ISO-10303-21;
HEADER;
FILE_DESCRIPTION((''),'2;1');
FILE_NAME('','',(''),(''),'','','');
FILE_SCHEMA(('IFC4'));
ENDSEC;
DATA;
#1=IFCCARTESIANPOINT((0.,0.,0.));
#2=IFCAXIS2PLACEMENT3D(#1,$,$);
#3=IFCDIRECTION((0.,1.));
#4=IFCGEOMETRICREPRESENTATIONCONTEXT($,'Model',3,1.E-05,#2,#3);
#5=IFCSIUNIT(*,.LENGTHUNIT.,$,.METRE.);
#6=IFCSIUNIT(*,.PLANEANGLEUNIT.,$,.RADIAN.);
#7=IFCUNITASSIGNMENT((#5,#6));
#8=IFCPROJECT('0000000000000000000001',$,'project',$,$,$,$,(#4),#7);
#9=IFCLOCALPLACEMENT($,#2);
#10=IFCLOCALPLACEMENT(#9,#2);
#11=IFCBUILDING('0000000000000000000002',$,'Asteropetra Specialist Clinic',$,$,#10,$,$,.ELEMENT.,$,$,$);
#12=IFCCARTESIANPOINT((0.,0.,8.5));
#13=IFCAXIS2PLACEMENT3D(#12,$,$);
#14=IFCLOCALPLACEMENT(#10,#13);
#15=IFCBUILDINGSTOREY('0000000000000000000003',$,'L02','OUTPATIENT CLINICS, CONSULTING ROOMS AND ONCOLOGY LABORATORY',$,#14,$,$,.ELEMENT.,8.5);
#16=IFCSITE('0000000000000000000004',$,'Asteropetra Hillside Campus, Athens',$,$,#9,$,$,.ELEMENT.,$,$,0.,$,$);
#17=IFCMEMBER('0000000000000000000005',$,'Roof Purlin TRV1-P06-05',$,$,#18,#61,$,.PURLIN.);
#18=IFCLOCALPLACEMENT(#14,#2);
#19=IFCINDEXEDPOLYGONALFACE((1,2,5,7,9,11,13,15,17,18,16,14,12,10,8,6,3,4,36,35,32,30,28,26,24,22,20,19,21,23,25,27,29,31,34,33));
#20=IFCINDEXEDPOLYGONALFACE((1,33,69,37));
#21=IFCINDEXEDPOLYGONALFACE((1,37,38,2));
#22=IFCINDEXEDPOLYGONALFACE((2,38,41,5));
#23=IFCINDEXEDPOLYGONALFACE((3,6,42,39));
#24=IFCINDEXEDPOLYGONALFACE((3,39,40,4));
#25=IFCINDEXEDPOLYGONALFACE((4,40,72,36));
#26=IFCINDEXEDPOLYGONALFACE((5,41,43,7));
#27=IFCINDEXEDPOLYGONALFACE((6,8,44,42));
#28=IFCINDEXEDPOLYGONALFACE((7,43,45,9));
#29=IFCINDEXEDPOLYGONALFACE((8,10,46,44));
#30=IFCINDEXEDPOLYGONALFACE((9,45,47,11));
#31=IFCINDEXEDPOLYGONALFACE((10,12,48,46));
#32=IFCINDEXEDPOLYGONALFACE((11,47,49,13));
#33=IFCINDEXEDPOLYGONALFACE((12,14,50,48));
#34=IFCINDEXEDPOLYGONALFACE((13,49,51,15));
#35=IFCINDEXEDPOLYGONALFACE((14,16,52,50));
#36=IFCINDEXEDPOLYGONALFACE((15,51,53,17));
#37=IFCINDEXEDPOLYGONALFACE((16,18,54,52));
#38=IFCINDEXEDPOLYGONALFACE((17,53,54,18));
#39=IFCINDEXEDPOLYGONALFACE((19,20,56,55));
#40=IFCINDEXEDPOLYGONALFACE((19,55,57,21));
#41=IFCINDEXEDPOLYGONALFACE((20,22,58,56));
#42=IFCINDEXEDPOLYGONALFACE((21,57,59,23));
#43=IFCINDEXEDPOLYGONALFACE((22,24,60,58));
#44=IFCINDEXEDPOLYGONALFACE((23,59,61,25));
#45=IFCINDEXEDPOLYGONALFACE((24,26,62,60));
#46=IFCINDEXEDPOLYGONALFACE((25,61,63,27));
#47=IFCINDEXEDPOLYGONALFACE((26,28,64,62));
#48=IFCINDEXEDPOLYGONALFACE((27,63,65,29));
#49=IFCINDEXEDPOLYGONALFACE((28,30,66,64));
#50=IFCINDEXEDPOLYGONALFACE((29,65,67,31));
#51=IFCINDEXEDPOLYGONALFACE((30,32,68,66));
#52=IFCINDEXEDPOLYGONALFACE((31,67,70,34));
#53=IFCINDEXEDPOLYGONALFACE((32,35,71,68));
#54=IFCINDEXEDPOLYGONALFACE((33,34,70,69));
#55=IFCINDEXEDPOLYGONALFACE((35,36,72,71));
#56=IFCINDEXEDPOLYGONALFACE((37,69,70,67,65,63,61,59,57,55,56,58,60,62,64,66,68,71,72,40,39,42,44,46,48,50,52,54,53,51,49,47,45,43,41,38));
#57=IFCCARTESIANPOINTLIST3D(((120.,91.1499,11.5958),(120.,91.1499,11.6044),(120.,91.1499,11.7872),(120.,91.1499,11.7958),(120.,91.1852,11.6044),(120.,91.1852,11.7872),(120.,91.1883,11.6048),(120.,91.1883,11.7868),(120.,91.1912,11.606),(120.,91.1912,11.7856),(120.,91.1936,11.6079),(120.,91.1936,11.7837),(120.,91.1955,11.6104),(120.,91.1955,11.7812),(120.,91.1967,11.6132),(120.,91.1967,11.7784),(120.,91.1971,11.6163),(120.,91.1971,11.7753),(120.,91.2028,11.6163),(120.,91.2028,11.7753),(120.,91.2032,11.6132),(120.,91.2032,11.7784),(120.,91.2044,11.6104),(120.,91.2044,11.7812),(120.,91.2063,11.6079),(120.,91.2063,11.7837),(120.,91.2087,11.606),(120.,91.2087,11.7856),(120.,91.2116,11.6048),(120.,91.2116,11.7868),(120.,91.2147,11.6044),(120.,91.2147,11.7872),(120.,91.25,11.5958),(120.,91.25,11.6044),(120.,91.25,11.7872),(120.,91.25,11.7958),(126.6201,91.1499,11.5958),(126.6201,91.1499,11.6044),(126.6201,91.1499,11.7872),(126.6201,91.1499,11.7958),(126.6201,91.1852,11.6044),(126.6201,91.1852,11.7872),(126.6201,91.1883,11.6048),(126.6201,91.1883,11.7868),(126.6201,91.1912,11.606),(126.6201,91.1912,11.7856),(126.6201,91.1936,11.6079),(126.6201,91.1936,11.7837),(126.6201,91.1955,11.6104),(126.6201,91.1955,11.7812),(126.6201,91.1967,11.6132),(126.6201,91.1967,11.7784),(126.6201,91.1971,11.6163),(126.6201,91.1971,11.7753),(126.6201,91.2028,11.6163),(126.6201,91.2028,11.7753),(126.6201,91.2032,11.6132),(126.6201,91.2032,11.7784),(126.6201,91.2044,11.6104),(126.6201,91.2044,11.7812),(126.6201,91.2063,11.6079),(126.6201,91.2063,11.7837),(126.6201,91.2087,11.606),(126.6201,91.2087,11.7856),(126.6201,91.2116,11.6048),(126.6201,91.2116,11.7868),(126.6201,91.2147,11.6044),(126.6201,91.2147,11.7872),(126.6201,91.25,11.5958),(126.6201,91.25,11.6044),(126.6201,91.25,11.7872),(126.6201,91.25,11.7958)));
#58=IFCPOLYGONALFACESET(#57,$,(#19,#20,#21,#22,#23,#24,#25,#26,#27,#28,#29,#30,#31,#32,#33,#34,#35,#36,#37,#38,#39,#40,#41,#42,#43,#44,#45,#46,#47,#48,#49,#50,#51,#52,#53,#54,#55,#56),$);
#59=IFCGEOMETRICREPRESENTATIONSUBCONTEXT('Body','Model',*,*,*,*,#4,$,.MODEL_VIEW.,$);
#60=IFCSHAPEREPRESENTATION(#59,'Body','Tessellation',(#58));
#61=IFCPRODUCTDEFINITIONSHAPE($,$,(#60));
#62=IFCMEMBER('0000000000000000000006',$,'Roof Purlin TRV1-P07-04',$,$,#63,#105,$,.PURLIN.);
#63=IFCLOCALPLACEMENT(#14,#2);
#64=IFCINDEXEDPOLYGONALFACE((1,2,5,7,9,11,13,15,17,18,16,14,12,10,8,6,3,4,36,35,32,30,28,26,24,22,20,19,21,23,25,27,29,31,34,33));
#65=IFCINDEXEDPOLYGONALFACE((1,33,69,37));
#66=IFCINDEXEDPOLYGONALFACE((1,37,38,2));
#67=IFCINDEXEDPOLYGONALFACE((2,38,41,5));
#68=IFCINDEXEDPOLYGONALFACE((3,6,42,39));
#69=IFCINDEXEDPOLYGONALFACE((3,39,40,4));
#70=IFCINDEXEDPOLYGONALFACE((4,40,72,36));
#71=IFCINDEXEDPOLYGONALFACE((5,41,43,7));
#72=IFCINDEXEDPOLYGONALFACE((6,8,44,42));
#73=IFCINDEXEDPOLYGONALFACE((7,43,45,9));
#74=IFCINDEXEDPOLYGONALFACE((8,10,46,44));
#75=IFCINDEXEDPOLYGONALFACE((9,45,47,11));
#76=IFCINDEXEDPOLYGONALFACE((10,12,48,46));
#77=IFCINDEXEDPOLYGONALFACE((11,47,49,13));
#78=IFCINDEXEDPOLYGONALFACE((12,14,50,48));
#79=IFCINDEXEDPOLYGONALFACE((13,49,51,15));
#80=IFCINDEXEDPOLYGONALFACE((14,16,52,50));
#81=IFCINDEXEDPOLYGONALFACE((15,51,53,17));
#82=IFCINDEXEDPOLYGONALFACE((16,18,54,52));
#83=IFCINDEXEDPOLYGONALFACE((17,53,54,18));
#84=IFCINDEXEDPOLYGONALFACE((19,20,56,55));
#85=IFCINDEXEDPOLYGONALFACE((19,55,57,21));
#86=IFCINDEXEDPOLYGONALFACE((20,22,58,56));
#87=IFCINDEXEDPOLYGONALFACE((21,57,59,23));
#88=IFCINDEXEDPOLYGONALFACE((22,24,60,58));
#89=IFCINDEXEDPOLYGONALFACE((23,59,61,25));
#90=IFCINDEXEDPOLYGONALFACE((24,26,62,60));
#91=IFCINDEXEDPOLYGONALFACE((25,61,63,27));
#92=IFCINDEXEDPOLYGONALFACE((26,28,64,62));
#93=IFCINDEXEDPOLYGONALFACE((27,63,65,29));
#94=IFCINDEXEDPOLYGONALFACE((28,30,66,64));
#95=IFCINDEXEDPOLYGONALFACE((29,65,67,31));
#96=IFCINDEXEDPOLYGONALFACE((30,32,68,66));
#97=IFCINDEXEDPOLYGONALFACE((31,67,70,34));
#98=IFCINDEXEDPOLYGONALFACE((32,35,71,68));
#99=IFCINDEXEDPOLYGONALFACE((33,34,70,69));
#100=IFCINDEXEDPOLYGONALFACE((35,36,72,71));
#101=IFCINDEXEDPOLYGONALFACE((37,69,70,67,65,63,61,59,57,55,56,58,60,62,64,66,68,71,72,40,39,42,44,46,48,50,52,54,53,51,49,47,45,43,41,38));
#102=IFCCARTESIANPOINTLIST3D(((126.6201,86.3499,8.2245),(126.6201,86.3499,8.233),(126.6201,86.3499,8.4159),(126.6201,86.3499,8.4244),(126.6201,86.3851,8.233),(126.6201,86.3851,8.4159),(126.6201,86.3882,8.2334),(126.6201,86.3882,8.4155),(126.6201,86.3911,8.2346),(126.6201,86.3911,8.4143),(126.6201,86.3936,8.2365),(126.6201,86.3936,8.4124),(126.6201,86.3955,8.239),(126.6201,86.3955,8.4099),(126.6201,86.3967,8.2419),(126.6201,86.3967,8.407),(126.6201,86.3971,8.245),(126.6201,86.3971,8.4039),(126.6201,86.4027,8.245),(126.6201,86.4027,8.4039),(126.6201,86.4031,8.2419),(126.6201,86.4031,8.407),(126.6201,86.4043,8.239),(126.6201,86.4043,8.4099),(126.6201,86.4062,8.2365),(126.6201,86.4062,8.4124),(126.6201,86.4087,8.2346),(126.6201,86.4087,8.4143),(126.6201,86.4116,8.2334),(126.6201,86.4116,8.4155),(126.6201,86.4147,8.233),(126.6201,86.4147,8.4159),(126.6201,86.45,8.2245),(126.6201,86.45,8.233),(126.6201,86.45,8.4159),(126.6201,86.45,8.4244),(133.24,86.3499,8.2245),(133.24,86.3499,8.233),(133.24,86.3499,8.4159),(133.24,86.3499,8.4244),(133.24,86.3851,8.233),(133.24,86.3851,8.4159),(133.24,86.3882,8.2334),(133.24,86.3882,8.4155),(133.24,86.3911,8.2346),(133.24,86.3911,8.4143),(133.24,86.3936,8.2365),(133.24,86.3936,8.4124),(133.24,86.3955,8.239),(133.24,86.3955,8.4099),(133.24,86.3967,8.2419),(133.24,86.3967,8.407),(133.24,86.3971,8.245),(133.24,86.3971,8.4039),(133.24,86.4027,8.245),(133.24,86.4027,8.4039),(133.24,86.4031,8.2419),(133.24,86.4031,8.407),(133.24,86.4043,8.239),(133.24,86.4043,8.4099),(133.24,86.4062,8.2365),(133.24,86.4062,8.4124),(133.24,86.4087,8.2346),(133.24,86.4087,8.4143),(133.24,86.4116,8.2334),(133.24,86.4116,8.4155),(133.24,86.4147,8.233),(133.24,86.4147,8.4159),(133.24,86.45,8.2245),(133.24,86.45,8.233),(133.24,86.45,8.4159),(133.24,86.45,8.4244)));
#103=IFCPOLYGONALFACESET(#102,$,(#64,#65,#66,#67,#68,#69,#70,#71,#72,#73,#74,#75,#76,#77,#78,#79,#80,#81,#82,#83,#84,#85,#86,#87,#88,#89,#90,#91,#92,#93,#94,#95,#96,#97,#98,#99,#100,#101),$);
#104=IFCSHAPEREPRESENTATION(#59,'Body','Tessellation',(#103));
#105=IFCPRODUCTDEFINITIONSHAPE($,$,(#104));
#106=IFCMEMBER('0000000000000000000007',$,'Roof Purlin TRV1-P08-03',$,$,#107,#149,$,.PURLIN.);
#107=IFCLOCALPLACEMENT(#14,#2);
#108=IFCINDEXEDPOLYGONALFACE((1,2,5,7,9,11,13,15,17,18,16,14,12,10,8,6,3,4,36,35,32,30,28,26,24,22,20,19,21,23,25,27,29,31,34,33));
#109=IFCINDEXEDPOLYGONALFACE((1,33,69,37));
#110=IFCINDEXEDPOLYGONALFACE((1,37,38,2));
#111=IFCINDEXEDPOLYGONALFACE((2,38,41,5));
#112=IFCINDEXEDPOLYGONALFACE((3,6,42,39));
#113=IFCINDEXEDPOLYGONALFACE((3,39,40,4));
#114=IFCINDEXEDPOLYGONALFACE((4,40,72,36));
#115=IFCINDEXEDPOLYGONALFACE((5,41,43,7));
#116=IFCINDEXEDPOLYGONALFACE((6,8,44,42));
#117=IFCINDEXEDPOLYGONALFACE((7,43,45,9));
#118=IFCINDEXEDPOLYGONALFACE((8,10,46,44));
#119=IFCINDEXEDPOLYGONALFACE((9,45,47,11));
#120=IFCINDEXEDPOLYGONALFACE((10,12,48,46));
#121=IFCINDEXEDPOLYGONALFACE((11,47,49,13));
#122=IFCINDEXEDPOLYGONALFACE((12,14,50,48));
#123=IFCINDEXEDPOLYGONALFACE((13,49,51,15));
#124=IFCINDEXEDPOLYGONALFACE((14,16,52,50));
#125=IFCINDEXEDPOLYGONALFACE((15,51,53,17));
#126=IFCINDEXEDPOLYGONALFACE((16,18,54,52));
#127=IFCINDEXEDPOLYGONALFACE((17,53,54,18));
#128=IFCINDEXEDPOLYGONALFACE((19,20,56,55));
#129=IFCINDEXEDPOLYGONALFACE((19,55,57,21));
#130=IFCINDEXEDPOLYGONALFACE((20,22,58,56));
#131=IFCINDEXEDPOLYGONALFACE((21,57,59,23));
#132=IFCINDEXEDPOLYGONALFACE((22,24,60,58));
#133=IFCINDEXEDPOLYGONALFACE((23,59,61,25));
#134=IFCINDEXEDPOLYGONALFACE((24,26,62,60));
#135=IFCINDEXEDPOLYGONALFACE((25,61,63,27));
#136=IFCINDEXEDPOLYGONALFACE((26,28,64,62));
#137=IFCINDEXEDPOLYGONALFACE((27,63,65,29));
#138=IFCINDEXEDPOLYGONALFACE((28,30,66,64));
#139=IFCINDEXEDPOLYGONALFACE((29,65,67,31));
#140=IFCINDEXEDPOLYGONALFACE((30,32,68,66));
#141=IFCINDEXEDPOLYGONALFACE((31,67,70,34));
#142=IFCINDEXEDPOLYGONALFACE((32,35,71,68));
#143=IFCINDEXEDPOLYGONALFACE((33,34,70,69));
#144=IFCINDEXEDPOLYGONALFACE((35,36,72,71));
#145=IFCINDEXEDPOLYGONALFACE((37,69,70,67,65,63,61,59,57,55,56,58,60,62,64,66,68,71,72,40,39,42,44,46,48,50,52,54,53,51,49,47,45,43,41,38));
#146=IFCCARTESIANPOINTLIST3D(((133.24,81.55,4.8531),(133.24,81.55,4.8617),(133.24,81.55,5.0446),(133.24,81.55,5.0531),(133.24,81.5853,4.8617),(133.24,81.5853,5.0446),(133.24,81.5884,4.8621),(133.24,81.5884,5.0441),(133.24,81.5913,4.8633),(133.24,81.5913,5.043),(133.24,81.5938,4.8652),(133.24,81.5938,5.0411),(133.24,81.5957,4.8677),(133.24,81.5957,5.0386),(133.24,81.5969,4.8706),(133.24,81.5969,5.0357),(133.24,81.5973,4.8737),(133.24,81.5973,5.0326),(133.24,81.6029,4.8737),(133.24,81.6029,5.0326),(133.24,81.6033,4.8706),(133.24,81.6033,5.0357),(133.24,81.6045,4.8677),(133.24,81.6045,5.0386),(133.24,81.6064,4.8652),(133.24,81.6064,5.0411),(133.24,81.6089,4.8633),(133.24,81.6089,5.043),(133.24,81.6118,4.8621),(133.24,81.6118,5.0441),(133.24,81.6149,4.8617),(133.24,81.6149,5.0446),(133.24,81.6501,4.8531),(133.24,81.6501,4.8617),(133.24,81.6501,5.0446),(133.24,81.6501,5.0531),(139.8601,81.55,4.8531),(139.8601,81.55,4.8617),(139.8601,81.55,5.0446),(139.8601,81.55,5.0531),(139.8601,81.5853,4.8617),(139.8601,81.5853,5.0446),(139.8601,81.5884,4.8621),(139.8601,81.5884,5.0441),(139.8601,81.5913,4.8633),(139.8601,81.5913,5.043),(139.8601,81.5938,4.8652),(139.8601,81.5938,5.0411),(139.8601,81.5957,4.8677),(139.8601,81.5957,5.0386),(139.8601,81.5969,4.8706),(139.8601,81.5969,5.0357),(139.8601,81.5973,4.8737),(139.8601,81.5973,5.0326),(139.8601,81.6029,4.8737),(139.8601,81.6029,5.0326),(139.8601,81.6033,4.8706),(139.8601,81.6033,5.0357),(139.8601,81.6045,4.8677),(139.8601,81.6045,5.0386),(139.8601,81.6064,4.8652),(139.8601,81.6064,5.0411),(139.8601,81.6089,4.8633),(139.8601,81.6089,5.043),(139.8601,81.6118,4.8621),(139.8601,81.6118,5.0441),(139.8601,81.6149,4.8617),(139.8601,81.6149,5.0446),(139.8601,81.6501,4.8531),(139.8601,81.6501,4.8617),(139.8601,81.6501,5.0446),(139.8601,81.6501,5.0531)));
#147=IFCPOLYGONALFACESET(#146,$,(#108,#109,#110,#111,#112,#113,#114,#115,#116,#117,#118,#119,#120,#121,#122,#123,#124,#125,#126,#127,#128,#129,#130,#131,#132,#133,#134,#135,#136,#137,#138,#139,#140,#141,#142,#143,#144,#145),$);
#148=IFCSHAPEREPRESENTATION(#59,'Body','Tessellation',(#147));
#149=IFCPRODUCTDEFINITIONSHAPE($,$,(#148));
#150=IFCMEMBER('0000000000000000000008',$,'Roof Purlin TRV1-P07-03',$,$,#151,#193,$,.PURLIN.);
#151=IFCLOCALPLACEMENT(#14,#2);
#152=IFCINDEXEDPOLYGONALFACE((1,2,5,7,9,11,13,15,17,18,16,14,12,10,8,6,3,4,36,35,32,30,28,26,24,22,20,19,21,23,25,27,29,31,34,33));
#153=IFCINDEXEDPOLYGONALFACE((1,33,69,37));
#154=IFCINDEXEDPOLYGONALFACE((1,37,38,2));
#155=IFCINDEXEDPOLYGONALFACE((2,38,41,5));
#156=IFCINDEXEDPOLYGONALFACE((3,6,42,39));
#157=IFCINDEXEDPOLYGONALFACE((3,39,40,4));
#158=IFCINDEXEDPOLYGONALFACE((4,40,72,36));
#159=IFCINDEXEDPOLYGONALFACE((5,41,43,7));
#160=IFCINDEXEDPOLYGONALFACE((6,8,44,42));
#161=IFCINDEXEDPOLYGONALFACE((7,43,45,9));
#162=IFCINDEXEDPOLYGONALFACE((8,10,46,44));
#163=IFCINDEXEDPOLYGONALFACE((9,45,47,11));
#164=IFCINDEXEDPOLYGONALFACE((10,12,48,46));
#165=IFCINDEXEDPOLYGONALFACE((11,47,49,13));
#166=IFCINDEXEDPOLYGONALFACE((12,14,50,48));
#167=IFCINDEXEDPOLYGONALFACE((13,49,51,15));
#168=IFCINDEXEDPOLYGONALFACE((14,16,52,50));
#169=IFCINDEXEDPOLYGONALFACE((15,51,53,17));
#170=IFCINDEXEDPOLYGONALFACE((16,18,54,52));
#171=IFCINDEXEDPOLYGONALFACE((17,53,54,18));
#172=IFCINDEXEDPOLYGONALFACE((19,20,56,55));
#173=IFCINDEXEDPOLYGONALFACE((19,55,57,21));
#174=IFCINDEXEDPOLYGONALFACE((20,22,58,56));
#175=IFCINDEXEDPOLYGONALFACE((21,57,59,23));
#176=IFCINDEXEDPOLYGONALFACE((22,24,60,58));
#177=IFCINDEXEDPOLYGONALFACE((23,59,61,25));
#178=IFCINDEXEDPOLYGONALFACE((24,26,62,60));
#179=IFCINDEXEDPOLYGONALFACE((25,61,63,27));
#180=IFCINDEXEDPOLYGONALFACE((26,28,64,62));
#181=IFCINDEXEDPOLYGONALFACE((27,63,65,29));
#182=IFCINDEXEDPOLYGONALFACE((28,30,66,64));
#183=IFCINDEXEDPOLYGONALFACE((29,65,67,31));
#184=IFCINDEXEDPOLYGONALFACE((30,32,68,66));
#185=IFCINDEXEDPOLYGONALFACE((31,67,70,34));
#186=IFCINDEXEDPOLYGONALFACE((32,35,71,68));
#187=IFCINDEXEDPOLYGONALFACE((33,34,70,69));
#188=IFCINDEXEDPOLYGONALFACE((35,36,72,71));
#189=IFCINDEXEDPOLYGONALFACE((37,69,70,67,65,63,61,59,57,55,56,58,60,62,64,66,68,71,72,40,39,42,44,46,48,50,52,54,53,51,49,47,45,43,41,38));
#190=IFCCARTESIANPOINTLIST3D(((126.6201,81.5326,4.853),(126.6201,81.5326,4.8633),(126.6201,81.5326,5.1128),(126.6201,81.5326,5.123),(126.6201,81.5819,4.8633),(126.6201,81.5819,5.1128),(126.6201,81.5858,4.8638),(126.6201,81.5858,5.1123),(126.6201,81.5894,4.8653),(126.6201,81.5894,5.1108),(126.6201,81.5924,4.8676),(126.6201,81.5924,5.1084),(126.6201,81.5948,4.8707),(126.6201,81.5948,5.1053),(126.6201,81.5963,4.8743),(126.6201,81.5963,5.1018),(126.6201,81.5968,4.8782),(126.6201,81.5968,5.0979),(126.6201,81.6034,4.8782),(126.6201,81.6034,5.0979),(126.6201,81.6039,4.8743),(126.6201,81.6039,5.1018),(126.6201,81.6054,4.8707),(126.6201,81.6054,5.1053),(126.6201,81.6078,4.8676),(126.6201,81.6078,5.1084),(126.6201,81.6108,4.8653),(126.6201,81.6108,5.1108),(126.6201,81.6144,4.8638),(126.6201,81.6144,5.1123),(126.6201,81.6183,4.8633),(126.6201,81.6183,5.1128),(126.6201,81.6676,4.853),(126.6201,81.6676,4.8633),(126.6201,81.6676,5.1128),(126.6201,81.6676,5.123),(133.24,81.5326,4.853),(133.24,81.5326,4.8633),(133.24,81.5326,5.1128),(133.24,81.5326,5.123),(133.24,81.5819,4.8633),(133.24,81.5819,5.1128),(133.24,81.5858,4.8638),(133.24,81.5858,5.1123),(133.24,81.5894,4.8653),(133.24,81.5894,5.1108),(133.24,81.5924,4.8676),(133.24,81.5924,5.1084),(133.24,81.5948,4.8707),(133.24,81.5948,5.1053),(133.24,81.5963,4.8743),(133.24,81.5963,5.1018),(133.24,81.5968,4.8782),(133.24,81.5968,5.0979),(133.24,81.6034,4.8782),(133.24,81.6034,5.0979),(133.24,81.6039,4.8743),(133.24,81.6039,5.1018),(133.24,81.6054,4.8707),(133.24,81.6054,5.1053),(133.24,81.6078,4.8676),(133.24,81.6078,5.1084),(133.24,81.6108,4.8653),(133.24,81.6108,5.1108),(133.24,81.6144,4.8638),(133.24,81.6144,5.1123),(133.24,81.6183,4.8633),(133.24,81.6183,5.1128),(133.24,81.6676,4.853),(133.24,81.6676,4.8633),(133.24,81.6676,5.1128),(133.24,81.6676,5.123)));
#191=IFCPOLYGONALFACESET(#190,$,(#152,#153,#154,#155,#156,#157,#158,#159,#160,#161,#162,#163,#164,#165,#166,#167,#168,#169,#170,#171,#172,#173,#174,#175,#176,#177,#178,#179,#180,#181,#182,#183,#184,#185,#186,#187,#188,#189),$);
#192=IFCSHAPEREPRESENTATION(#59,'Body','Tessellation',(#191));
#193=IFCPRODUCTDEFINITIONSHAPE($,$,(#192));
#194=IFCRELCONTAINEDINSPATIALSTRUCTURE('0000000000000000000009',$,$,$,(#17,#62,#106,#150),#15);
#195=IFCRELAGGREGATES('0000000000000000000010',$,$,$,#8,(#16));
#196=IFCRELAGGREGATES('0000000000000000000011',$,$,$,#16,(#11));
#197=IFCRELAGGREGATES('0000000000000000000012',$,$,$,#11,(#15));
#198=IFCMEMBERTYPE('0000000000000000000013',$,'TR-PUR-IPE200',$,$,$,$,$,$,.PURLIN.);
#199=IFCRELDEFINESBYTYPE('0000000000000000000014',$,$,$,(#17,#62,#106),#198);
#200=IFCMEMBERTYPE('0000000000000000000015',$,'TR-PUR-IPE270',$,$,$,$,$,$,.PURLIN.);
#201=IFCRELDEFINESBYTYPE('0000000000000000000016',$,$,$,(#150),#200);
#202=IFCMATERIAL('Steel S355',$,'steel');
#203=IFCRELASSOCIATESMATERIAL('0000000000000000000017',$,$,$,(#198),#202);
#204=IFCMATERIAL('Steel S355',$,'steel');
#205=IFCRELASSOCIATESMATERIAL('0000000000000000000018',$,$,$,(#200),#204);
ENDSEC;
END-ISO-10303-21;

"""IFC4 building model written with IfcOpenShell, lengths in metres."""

from ifc_helpers import new_model, si_unit, direction, frame, origin, origin_2d, place, context, subcontext, project, spatial, i_section, extrude, material, material_profile, profile_set, type_object, element, save


model = new_model("IFC4")

# Units and contexts
model_context = context("Model", 3, precision=1e-05, world=origin(), true_north=direction((0.0, 1.0)))
body_context = subcontext(model_context, "Body", "Model", "MODEL_VIEW")
ifc_project = project(units=[si_unit("LENGTHUNIT", "METRE"), si_unit("PLANEANGLEUNIT", "RADIAN")], contexts=[model_context])

# Site, building, storey
site_placement = place(None, origin())
site = spatial("IfcSite", under=ifc_project, at=site_placement, Name="Asteropetra Hillside Campus, Athens", CompositionType="ELEMENT", RefElevation=0.0)
building_placement = place(site_placement, origin())
building = spatial("IfcBuilding", under=site, at=building_placement, Name="Asteropetra Specialist Clinic", CompositionType="ELEMENT")
storey_placement = place(building_placement, frame((0.0, 0.0, 8.5)))
storey = spatial("IfcBuildingStorey", under=building, at=storey_placement, Name="L02", Description="OUTPATIENT CLINICS, CONSULTING ROOMS AND ONCOLOGY LABORATORY", CompositionType="ELEMENT", Elevation=8.5)

# Members
ifc_material_1 = material(Name="Steel S355", Category="steel")
ifc_material_profile_1 = material_profile(ifc_material_1, i_section(OverallWidth=0.1001, OverallDepth=0.2, WebThickness=0.0056, FlangeThickness=0.0085, FilletRadius=0.012, at=origin_2d()), Name="IPE 200")
ifc_profile_set_1 = profile_set([ifc_material_profile_1], Name="Steel S355")
member_type_1 = type_object("IfcMemberType", Name="TR-PUR-IPE200", PredefinedType="PURLIN", material=ifc_profile_set_1)
member_1_placement = place(storey_placement, frame((120.0, 91.2, 11.6958), z_axis=(1.0, 0.0, 0.0), x_axis=(0.0, 1.0, 0.0)))
element("IfcMember", 1, at=member_1_placement, inside=storey, type_object=member_type_1, Name="Roof Purlin TRV1-P06-05", PredefinedType="PURLIN", context=body_context, shape_type="SweptSolid", body=[
    extrude(i_section(OverallWidth=0.1001, OverallDepth=0.2, WebThickness=0.0056, FlangeThickness=0.0085, FilletRadius=0.012, at=origin_2d()), origin(), (0.0, 0.0, 1.0), 6.6201),
])
member_2_placement = place(storey_placement, frame((126.6201, 86.3999, 8.3245), z_axis=(1.0, 0.0, 0.0), x_axis=(0.0, 1.0, 0.0)))
element("IfcMember", 2, at=member_2_placement, inside=storey, type_object=member_type_1, Name="Roof Purlin TRV1-P07-04", PredefinedType="PURLIN", context=body_context, shape_type="SweptSolid", body=[
    extrude(i_section(OverallWidth=0.1001, OverallDepth=0.2, WebThickness=0.0056, FlangeThickness=0.0085, FilletRadius=0.012, at=origin_2d()), origin(), (0.0, 0.0, 1.0), 6.6199),
])
member_3_placement = place(storey_placement, frame((133.24, 81.6001, 4.9531), z_axis=(1.0, 0.0, 0.0), x_axis=(0.0, 1.0, 0.0)))
element("IfcMember", 3, at=member_3_placement, inside=storey, type_object=member_type_1, Name="Roof Purlin TRV1-P08-03", PredefinedType="PURLIN", context=body_context, shape_type="SweptSolid", body=[
    extrude(i_section(OverallWidth=0.1001, OverallDepth=0.2, WebThickness=0.0056, FlangeThickness=0.0085, FilletRadius=0.012, at=origin_2d()), origin(), (0.0, 0.0, 1.0), 6.6201),
])
ifc_material_2 = material(Name="Steel S355", Category="steel")
ifc_material_profile_2 = material_profile(ifc_material_2, i_section(OverallWidth=0.135, OverallDepth=0.27, WebThickness=0.0066, FlangeThickness=0.0103, FilletRadius=0.0149, at=origin_2d()), Name="IPE 270")
ifc_profile_set_2 = profile_set([ifc_material_profile_2], Name="Steel S355")
member_type_2 = type_object("IfcMemberType", Name="TR-PUR-IPE270", PredefinedType="PURLIN", material=ifc_profile_set_2)
member_4_placement = place(storey_placement, frame((126.6201, 81.6001, 4.988), z_axis=(1.0, 0.0, 0.0), x_axis=(0.0, 1.0, 0.0)))
element("IfcMember", 4, at=member_4_placement, inside=storey, type_object=member_type_2, Name="Roof Purlin TRV1-P07-03", PredefinedType="PURLIN", context=body_context, shape_type="SweptSolid", body=[
    extrude(i_section(OverallWidth=0.135, OverallDepth=0.27, WebThickness=0.0066, FlangeThickness=0.0103, FilletRadius=0.0149, at=origin_2d()), origin(), (0.0, 0.0, 1.0), 6.6199),
])

save(model, "model.ifc")
